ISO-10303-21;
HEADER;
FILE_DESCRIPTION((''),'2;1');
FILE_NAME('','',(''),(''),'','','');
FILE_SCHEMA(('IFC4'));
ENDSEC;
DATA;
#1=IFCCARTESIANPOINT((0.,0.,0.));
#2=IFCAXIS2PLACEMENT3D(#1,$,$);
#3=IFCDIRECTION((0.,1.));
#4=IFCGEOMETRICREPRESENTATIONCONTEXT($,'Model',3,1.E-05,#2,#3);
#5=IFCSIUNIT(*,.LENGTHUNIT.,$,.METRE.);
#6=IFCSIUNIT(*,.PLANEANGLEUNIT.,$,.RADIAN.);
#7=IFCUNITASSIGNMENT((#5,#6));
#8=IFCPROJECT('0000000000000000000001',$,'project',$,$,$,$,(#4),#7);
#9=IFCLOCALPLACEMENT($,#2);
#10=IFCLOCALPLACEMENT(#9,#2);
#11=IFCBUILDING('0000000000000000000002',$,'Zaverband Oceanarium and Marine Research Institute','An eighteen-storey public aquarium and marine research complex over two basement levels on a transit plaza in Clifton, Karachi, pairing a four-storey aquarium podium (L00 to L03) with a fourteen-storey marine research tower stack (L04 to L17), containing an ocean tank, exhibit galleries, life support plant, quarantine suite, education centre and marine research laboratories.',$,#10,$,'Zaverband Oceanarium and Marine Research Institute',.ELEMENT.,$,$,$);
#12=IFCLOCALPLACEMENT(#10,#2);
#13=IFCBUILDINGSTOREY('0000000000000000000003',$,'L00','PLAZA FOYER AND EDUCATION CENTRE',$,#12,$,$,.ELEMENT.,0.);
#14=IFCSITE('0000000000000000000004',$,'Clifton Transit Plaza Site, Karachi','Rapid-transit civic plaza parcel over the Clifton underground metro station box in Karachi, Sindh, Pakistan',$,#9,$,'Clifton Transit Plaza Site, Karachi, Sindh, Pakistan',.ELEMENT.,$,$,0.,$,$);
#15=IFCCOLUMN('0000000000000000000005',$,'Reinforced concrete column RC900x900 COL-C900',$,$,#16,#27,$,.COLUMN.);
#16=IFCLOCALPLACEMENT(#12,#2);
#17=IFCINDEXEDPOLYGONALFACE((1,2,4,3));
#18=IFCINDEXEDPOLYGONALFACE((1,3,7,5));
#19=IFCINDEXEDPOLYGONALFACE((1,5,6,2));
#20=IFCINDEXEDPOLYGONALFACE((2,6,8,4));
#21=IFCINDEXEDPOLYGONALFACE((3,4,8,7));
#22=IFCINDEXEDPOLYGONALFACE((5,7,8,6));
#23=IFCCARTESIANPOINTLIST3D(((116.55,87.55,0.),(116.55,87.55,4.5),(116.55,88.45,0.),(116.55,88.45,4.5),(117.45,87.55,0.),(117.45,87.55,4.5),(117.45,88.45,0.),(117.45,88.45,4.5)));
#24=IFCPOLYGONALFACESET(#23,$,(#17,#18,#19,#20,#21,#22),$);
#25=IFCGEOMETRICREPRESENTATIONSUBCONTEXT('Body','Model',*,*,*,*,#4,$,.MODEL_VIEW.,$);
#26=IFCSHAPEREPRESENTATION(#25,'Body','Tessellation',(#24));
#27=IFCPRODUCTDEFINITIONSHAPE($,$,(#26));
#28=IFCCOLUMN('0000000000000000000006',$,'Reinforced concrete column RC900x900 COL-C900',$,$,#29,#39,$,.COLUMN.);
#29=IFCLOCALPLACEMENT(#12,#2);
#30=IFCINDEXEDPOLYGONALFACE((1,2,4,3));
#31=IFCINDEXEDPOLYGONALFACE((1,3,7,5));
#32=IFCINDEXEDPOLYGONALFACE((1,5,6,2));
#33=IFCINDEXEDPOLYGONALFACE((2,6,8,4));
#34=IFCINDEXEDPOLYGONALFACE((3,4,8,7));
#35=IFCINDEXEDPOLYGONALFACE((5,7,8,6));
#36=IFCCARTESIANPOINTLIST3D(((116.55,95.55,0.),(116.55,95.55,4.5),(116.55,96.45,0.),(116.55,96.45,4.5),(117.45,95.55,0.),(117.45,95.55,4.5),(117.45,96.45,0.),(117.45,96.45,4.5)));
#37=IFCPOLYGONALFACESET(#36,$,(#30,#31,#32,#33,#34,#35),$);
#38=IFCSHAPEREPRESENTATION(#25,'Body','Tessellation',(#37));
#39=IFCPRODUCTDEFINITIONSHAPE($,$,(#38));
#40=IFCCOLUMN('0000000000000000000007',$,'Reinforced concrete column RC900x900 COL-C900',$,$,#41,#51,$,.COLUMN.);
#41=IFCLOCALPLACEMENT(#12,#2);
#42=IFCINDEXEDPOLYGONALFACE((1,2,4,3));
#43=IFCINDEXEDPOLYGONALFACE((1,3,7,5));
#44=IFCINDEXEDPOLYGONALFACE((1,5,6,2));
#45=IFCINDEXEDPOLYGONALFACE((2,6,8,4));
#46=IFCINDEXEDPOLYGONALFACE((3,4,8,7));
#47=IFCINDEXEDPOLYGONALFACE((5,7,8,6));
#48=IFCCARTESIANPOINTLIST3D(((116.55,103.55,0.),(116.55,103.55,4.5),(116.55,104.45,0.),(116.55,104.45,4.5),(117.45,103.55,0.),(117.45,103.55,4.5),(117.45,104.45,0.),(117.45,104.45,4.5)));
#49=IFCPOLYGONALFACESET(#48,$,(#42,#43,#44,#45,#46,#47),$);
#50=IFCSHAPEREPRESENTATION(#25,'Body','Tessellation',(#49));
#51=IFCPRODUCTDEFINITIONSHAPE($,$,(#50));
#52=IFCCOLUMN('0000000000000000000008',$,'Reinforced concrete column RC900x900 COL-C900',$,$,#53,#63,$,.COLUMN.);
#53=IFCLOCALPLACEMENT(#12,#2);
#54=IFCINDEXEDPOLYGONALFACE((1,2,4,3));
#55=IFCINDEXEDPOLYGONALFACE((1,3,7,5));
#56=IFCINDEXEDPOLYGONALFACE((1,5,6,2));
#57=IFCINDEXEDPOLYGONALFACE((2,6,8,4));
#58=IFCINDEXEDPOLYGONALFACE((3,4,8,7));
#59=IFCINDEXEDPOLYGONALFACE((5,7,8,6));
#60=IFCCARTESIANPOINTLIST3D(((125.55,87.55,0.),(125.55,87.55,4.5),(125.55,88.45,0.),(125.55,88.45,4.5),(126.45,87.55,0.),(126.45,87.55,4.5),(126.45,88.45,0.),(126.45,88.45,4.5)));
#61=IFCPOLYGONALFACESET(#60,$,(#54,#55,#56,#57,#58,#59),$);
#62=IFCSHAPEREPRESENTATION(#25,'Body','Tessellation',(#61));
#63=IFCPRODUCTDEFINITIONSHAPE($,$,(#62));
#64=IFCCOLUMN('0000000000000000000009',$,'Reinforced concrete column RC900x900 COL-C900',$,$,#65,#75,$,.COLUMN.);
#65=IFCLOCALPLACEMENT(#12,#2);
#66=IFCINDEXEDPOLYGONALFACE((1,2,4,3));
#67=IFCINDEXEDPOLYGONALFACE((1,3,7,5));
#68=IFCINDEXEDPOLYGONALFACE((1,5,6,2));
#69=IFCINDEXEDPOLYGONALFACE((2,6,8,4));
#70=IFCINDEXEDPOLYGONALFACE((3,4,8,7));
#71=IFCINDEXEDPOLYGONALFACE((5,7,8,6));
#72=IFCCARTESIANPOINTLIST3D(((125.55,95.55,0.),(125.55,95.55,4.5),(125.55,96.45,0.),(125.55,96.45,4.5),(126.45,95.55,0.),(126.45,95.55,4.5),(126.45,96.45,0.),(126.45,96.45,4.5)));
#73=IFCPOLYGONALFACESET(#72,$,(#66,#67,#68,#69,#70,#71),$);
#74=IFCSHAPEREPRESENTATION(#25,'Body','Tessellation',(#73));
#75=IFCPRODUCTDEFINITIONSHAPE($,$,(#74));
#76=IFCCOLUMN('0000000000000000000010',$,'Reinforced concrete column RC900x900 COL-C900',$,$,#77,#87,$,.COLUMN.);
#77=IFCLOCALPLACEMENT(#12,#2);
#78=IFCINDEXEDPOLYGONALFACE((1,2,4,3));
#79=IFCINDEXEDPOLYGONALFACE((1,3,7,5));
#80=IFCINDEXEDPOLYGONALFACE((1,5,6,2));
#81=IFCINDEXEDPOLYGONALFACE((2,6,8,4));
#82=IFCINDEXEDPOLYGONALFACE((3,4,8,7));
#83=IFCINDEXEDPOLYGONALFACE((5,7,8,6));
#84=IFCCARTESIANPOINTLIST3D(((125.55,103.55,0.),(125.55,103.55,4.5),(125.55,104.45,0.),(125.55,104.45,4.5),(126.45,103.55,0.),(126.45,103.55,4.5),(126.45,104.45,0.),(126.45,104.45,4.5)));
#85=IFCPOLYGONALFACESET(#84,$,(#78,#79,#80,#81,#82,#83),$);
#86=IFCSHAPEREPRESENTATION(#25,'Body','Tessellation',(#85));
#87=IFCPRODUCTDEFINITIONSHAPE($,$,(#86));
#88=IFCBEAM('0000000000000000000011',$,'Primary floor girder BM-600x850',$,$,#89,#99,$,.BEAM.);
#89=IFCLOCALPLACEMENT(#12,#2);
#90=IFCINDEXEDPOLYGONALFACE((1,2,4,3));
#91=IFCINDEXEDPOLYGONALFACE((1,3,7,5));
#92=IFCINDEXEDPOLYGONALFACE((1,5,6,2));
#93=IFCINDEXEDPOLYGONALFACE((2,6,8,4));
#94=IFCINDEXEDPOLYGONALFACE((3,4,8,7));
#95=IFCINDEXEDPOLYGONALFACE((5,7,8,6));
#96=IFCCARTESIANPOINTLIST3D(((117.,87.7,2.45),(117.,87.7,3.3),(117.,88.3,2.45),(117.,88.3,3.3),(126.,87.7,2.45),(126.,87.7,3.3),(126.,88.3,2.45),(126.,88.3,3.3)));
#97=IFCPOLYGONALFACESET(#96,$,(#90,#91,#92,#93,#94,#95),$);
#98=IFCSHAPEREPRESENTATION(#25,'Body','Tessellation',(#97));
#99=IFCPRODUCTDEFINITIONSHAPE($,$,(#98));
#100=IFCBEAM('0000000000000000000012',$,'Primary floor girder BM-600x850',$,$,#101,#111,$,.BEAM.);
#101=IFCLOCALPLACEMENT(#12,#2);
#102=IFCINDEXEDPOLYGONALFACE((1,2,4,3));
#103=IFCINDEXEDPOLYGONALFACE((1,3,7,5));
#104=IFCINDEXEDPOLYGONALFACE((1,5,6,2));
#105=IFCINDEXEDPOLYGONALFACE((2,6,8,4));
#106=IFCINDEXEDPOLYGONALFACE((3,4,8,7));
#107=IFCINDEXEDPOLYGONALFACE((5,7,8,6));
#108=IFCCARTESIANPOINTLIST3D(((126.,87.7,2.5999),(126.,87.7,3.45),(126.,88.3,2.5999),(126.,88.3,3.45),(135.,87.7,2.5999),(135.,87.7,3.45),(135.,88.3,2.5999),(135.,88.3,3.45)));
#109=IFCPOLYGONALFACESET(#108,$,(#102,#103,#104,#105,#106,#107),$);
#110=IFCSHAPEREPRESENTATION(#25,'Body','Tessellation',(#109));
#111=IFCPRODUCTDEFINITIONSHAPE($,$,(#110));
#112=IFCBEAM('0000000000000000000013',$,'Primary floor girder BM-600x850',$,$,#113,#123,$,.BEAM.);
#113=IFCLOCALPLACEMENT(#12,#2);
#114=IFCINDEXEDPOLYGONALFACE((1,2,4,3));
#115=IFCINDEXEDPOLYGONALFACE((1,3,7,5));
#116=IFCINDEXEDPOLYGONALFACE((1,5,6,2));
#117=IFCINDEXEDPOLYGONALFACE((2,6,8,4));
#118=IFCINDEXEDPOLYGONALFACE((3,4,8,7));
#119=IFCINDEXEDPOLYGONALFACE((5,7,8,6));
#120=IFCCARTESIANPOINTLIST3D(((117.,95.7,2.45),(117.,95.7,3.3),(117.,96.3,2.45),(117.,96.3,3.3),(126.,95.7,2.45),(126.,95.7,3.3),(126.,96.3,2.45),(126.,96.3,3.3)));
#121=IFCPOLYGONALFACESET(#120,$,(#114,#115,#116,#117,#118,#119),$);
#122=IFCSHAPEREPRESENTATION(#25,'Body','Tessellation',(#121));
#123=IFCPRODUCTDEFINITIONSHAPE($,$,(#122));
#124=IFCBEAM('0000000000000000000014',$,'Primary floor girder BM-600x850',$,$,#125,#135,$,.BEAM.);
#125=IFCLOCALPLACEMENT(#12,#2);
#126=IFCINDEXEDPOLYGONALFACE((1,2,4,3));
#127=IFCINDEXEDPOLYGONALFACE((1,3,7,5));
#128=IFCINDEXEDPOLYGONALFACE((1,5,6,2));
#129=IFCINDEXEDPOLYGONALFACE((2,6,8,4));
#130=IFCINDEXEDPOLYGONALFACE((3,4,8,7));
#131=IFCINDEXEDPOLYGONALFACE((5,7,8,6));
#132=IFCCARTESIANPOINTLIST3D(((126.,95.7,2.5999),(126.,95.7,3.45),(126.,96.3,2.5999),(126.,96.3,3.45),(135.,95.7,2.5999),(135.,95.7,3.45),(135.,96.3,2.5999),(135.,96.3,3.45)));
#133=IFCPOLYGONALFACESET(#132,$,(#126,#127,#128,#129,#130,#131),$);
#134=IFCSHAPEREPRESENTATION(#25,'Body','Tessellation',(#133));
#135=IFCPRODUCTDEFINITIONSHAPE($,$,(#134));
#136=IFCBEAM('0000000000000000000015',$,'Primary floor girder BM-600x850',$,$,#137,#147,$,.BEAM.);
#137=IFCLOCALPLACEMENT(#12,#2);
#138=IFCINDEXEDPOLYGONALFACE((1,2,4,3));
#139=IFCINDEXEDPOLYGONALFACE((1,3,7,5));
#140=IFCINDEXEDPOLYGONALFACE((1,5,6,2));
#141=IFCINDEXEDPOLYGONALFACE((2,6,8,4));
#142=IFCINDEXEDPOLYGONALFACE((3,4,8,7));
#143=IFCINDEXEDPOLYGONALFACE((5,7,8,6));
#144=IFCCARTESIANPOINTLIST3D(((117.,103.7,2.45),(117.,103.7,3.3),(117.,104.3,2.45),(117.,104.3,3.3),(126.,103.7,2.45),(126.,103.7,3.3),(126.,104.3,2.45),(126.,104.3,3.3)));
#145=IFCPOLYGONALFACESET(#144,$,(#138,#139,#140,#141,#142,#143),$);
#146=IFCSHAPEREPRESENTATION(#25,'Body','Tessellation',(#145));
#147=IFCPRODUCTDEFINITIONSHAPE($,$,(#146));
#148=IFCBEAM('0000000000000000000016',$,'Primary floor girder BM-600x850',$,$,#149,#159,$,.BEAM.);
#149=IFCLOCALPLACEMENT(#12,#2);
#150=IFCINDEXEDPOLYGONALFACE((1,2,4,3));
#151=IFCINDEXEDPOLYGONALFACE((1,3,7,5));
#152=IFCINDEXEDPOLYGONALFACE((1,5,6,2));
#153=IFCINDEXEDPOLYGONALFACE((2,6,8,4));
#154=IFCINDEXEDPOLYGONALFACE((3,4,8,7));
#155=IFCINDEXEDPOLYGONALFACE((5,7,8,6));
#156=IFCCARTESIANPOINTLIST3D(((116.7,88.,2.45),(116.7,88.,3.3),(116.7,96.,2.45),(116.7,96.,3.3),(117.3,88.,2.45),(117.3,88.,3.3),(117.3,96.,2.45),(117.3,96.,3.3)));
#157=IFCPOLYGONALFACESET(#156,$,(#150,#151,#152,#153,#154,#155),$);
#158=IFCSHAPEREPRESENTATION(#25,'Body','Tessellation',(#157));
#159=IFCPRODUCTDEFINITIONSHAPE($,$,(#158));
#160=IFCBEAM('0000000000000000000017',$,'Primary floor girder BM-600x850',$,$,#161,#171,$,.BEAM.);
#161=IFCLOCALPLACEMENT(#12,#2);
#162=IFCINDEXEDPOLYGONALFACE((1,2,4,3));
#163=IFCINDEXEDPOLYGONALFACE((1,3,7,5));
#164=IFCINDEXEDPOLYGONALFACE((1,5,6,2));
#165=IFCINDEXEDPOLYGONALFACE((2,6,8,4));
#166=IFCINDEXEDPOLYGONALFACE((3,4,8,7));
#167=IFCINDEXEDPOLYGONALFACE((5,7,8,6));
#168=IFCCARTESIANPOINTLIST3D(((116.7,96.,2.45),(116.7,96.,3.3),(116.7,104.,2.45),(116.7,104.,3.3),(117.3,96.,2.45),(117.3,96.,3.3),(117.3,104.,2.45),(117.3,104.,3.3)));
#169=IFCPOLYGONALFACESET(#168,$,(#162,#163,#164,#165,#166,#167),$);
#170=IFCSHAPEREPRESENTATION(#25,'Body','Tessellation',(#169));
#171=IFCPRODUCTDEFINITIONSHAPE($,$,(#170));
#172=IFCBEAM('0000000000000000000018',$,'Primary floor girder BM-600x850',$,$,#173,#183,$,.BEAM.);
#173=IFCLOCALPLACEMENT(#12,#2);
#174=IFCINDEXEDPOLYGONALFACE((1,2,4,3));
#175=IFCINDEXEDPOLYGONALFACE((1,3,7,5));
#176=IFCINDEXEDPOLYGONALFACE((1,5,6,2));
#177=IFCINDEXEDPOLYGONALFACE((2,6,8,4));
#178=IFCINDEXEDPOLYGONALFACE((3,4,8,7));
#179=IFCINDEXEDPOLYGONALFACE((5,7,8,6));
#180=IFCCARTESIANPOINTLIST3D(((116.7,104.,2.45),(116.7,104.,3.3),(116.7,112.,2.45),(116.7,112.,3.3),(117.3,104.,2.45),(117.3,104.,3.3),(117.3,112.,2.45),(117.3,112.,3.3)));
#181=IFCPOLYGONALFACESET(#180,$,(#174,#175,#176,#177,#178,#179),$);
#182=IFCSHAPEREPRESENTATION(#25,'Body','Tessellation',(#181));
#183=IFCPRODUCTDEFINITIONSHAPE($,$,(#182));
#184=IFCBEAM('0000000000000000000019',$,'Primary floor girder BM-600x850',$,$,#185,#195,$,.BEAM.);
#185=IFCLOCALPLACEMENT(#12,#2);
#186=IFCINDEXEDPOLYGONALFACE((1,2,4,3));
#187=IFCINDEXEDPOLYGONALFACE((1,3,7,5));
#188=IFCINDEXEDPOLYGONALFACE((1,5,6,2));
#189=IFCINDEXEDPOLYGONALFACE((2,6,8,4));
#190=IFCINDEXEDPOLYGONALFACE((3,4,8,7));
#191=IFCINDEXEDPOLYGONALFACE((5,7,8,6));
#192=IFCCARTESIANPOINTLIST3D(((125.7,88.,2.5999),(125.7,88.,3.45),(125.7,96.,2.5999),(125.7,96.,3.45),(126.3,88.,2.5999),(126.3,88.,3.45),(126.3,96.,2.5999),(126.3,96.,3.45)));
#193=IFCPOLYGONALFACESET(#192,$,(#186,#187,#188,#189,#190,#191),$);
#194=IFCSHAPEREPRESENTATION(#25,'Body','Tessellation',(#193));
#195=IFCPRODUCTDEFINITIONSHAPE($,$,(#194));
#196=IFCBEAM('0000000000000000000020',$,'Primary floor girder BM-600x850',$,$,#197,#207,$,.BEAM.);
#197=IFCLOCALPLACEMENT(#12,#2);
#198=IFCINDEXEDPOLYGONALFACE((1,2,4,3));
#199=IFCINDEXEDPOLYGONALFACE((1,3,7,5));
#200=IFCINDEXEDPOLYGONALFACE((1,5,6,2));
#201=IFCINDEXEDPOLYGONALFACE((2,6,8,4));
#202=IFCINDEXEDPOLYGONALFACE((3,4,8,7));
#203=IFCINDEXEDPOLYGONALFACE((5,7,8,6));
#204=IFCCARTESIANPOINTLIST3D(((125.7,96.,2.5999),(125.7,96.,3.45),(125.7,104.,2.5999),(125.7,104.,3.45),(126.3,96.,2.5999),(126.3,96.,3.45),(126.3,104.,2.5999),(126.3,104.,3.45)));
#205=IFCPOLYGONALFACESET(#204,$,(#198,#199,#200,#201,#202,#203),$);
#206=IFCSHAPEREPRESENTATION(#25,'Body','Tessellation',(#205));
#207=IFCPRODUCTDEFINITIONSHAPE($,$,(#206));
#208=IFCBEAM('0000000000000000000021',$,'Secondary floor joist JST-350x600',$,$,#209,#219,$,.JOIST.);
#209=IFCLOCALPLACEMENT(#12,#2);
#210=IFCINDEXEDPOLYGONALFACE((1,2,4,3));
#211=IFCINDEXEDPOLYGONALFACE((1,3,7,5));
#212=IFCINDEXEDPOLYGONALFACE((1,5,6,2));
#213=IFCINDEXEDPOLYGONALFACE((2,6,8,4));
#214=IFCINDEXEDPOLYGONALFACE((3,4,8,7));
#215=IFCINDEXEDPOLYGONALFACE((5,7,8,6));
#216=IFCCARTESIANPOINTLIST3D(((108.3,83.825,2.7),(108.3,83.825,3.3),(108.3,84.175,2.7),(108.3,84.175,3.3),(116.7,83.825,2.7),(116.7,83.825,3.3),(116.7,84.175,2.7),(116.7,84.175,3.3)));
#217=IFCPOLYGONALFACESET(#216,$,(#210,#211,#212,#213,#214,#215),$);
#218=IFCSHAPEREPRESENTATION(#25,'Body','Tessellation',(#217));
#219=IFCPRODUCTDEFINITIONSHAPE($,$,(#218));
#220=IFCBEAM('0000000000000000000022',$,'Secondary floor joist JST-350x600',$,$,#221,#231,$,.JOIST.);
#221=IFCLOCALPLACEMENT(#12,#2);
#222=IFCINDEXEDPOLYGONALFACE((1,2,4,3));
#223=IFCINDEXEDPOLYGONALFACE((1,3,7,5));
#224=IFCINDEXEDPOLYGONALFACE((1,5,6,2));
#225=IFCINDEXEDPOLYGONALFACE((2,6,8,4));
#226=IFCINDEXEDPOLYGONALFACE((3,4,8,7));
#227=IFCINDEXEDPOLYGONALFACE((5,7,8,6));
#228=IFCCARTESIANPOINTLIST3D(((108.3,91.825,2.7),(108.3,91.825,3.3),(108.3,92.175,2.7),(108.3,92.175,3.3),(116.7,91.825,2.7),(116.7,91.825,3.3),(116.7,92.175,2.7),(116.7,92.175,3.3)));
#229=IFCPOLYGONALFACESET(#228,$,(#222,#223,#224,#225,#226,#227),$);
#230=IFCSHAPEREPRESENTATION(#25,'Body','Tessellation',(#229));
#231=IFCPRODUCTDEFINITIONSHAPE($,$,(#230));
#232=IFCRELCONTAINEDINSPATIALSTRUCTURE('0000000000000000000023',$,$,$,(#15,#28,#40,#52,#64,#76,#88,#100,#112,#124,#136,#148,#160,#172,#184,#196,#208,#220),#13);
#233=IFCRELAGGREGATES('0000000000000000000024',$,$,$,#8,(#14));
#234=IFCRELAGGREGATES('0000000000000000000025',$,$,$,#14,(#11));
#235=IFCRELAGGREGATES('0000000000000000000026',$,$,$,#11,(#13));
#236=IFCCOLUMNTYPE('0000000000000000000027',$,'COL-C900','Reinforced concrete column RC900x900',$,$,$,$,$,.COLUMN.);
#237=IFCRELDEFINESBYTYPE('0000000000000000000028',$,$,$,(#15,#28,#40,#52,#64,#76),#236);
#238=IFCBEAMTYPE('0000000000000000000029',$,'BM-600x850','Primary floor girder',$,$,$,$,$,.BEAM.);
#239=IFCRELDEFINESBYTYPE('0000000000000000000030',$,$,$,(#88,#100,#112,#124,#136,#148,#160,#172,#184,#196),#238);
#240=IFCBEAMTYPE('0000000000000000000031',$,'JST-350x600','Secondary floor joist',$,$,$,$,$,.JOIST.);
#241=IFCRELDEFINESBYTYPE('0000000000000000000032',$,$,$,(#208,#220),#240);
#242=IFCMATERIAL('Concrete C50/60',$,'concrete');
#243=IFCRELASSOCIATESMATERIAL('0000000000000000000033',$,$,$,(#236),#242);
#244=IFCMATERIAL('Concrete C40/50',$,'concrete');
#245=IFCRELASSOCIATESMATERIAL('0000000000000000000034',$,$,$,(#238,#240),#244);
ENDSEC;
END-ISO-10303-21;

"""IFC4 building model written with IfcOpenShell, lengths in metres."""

from ifc_helpers import new_model, si_unit, direction, frame, origin, origin_2d, place, context, subcontext, project, spatial, rectangle, extrude, material, material_profile, profile_set, type_object, element, save


model = new_model("IFC4")

# Units and contexts
model_context = context("Model", 3, precision=1e-05, world=origin(), true_north=direction((0.0, 1.0)))
body_context = subcontext(model_context, "Body", "Model", "MODEL_VIEW")
ifc_project = project(units=[si_unit("LENGTHUNIT", "METRE"), si_unit("PLANEANGLEUNIT", "RADIAN")], contexts=[model_context])

# Site, building, storey
site_placement = place(None, origin())
site = spatial("IfcSite", under=ifc_project, at=site_placement, Name="Clifton Transit Plaza Site, Karachi", Description="Rapid-transit civic plaza parcel over the Clifton underground metro station box in Karachi, Sindh, Pakistan", LongName="Clifton Transit Plaza Site, Karachi, Sindh, Pakistan", CompositionType="ELEMENT", RefElevation=0.0)
building_placement = place(site_placement, origin())
building = spatial("IfcBuilding", under=site, at=building_placement, Name="Zaverband Oceanarium and Marine Research Institute", Description="An eighteen-storey public aquarium and marine research complex over two basement levels on a transit plaza in Clifton, Karachi, pairing a four-storey aquarium podium (L00 to L03) with a fourteen-storey marine research tower stack (L04 to L17), containing an ocean tank, exhibit galleries, life support plant, quarantine suite, education centre and marine research laboratories.", LongName="Zaverband Oceanarium and Marine Research Institute", CompositionType="ELEMENT")
storey_placement = place(building_placement, origin())
storey = spatial("IfcBuildingStorey", under=building, at=storey_placement, Name="L00", Description="PLAZA FOYER AND EDUCATION CENTRE", CompositionType="ELEMENT", Elevation=0.0)

# Columns
ifc_material_1 = material(Name="Concrete C50/60", Category="concrete")
ifc_material_profile_1 = material_profile(ifc_material_1, rectangle(XDim=0.8999, YDim=0.8999, at=origin_2d()), Name="RC900x900")
ifc_profile_set_1 = profile_set([ifc_material_profile_1], Name="Concrete C50/60")
column_type = type_object("IfcColumnType", Name="COL-C900", Description="Reinforced concrete column RC900x900", PredefinedType="COLUMN", material=ifc_profile_set_1)
for number, where, z_axis, x_axis, name in (
    (1, (117.0, 88.0, 0.0), (0.0, 0.0, 1.0), (1.0, 0.0, 0.0), "Reinforced concrete column RC900x900 COL-C900"),
    (2, (117.0, 96.0, 0.0), (0.0, 0.0, 1.0), (1.0, 0.0, 0.0), "Reinforced concrete column RC900x900 COL-C900"),
    (3, (117.0, 104.0, 0.0), (0.0, 0.0, 1.0), (1.0, 0.0, 0.0), "Reinforced concrete column RC900x900 COL-C900"),
    (4, (126.0, 88.0, 0.0), (0.0, 0.0, 1.0), (1.0, 0.0, 0.0), "Reinforced concrete column RC900x900 COL-C900"),
    (5, (126.0, 96.0, 0.0), (0.0, 0.0, 1.0), (1.0, 0.0, 0.0), "Reinforced concrete column RC900x900 COL-C900"),
    (6, (126.0, 104.0, 0.0), (0.0, 0.0, 1.0), (1.0, 0.0, 0.0), "Reinforced concrete column RC900x900 COL-C900"),
):
    element("IfcColumn", number, at=place(storey_placement, frame(where, z_axis=z_axis, x_axis=x_axis)), inside=storey, type_object=column_type, Name=name, PredefinedType="COLUMN", context=body_context, shape_type="SweptSolid", body=[
        extrude(rectangle(XDim=0.8999, YDim=0.8999, at=origin_2d()), origin(), (0.0, 0.0, 1.0), 4.5),
    ])

# Beams
ifc_material_2 = material(Name="Concrete C40/50", Category="concrete")
ifc_material_profile_2 = material_profile(ifc_material_2, rectangle(XDim=0.6001, YDim=0.8501, at=origin_2d()), Name="RC600x850")
ifc_profile_set_2 = profile_set([ifc_material_profile_2], Name="Concrete C40/50")
beam_type_1 = type_object("IfcBeamType", Name="BM-600x850", Description="Primary floor girder", PredefinedType="BEAM", material=ifc_profile_set_2)
for number, where, z_axis, x_axis, name in (
    (7, (117.0, 88.0, 2.875), (1.0, 0.0, 0.0), (0.0, 1.0, 0.0), "Primary floor girder BM-600x850"),
    (8, (126.0, 88.0, 3.0249), (1.0, 0.0, 0.0), (0.0, 1.0, 0.0), "Primary floor girder BM-600x850"),
    (9, (117.0, 96.0, 2.875), (1.0, 0.0, 0.0), (0.0, 1.0, 0.0), "Primary floor girder BM-600x850"),
    (10, (126.0, 96.0, 3.0249), (1.0, 0.0, 0.0), (0.0, 1.0, 0.0), "Primary floor girder BM-600x850"),
    (11, (117.0, 104.0, 2.875), (1.0, 0.0, 0.0), (0.0, 1.0, 0.0), "Primary floor girder BM-600x850"),
):
    element("IfcBeam", number, at=place(storey_placement, frame(where, z_axis=z_axis, x_axis=x_axis)), inside=storey, type_object=beam_type_1, Name=name, PredefinedType="BEAM", context=body_context, shape_type="SweptSolid", body=[
        extrude(rectangle(XDim=0.6001, YDim=0.8501, at=origin_2d()), origin(), (0.0, 0.0, 1.0), 9.0),
    ])
for number, where, z_axis, x_axis, name in (
    (12, (117.0, 88.0, 2.875), (0.0, 1.0, 0.0), (-1.0, 0.0, 0.0), "Primary floor girder BM-600x850"),
    (13, (117.0, 96.0, 2.875), (0.0, 1.0, 0.0), (-1.0, 0.0, 0.0), "Primary floor girder BM-600x850"),
    (14, (117.0, 104.0, 2.875), (0.0, 1.0, 0.0), (-1.0, 0.0, 0.0), "Primary floor girder BM-600x850"),
    (15, (126.0, 88.0, 3.0249), (0.0, 1.0, 0.0), (-1.0, 0.0, 0.0), "Primary floor girder BM-600x850"),
    (16, (126.0, 96.0, 3.0249), (0.0, 1.0, 0.0), (-1.0, 0.0, 0.0), "Primary floor girder BM-600x850"),
):
    element("IfcBeam", number, at=place(storey_placement, frame(where, z_axis=z_axis, x_axis=x_axis)), inside=storey, type_object=beam_type_1, Name=name, PredefinedType="BEAM", context=body_context, shape_type="SweptSolid", body=[
        extrude(rectangle(XDim=0.6001, YDim=0.8501, at=origin_2d()), origin(), (0.0, 0.0, 1.0), 8.0),
    ])
ifc_material_profile_3 = material_profile(ifc_material_2, rectangle(XDim=0.3501, YDim=0.6001, at=origin_2d()), Name="RC350x600")
ifc_profile_set_3 = profile_set([ifc_material_profile_3], Name="Concrete C40/50")
beam_type_2 = type_object("IfcBeamType", Name="JST-350x600", Description="Secondary floor joist", PredefinedType="JOIST", material=ifc_profile_set_3)
for number, where, z_axis, x_axis, name in (
    (17, (108.3, 84.0, 3.0), (1.0, 0.0, 0.0), (0.0, 1.0, 0.0), "Secondary floor joist JST-350x600"),
    (18, (108.3, 92.0, 3.0), (1.0, 0.0, 0.0), (0.0, 1.0, 0.0), "Secondary floor joist JST-350x600"),
):
    element("IfcBeam", number, at=place(storey_placement, frame(where, z_axis=z_axis, x_axis=x_axis)), inside=storey, type_object=beam_type_2, Name=name, PredefinedType="JOIST", context=body_context, shape_type="SweptSolid", body=[
        extrude(rectangle(XDim=0.3501, YDim=0.6001, at=origin_2d()), origin(), (0.0, 0.0, 1.0), 8.3999),
    ])

save(model, "model.ifc")
